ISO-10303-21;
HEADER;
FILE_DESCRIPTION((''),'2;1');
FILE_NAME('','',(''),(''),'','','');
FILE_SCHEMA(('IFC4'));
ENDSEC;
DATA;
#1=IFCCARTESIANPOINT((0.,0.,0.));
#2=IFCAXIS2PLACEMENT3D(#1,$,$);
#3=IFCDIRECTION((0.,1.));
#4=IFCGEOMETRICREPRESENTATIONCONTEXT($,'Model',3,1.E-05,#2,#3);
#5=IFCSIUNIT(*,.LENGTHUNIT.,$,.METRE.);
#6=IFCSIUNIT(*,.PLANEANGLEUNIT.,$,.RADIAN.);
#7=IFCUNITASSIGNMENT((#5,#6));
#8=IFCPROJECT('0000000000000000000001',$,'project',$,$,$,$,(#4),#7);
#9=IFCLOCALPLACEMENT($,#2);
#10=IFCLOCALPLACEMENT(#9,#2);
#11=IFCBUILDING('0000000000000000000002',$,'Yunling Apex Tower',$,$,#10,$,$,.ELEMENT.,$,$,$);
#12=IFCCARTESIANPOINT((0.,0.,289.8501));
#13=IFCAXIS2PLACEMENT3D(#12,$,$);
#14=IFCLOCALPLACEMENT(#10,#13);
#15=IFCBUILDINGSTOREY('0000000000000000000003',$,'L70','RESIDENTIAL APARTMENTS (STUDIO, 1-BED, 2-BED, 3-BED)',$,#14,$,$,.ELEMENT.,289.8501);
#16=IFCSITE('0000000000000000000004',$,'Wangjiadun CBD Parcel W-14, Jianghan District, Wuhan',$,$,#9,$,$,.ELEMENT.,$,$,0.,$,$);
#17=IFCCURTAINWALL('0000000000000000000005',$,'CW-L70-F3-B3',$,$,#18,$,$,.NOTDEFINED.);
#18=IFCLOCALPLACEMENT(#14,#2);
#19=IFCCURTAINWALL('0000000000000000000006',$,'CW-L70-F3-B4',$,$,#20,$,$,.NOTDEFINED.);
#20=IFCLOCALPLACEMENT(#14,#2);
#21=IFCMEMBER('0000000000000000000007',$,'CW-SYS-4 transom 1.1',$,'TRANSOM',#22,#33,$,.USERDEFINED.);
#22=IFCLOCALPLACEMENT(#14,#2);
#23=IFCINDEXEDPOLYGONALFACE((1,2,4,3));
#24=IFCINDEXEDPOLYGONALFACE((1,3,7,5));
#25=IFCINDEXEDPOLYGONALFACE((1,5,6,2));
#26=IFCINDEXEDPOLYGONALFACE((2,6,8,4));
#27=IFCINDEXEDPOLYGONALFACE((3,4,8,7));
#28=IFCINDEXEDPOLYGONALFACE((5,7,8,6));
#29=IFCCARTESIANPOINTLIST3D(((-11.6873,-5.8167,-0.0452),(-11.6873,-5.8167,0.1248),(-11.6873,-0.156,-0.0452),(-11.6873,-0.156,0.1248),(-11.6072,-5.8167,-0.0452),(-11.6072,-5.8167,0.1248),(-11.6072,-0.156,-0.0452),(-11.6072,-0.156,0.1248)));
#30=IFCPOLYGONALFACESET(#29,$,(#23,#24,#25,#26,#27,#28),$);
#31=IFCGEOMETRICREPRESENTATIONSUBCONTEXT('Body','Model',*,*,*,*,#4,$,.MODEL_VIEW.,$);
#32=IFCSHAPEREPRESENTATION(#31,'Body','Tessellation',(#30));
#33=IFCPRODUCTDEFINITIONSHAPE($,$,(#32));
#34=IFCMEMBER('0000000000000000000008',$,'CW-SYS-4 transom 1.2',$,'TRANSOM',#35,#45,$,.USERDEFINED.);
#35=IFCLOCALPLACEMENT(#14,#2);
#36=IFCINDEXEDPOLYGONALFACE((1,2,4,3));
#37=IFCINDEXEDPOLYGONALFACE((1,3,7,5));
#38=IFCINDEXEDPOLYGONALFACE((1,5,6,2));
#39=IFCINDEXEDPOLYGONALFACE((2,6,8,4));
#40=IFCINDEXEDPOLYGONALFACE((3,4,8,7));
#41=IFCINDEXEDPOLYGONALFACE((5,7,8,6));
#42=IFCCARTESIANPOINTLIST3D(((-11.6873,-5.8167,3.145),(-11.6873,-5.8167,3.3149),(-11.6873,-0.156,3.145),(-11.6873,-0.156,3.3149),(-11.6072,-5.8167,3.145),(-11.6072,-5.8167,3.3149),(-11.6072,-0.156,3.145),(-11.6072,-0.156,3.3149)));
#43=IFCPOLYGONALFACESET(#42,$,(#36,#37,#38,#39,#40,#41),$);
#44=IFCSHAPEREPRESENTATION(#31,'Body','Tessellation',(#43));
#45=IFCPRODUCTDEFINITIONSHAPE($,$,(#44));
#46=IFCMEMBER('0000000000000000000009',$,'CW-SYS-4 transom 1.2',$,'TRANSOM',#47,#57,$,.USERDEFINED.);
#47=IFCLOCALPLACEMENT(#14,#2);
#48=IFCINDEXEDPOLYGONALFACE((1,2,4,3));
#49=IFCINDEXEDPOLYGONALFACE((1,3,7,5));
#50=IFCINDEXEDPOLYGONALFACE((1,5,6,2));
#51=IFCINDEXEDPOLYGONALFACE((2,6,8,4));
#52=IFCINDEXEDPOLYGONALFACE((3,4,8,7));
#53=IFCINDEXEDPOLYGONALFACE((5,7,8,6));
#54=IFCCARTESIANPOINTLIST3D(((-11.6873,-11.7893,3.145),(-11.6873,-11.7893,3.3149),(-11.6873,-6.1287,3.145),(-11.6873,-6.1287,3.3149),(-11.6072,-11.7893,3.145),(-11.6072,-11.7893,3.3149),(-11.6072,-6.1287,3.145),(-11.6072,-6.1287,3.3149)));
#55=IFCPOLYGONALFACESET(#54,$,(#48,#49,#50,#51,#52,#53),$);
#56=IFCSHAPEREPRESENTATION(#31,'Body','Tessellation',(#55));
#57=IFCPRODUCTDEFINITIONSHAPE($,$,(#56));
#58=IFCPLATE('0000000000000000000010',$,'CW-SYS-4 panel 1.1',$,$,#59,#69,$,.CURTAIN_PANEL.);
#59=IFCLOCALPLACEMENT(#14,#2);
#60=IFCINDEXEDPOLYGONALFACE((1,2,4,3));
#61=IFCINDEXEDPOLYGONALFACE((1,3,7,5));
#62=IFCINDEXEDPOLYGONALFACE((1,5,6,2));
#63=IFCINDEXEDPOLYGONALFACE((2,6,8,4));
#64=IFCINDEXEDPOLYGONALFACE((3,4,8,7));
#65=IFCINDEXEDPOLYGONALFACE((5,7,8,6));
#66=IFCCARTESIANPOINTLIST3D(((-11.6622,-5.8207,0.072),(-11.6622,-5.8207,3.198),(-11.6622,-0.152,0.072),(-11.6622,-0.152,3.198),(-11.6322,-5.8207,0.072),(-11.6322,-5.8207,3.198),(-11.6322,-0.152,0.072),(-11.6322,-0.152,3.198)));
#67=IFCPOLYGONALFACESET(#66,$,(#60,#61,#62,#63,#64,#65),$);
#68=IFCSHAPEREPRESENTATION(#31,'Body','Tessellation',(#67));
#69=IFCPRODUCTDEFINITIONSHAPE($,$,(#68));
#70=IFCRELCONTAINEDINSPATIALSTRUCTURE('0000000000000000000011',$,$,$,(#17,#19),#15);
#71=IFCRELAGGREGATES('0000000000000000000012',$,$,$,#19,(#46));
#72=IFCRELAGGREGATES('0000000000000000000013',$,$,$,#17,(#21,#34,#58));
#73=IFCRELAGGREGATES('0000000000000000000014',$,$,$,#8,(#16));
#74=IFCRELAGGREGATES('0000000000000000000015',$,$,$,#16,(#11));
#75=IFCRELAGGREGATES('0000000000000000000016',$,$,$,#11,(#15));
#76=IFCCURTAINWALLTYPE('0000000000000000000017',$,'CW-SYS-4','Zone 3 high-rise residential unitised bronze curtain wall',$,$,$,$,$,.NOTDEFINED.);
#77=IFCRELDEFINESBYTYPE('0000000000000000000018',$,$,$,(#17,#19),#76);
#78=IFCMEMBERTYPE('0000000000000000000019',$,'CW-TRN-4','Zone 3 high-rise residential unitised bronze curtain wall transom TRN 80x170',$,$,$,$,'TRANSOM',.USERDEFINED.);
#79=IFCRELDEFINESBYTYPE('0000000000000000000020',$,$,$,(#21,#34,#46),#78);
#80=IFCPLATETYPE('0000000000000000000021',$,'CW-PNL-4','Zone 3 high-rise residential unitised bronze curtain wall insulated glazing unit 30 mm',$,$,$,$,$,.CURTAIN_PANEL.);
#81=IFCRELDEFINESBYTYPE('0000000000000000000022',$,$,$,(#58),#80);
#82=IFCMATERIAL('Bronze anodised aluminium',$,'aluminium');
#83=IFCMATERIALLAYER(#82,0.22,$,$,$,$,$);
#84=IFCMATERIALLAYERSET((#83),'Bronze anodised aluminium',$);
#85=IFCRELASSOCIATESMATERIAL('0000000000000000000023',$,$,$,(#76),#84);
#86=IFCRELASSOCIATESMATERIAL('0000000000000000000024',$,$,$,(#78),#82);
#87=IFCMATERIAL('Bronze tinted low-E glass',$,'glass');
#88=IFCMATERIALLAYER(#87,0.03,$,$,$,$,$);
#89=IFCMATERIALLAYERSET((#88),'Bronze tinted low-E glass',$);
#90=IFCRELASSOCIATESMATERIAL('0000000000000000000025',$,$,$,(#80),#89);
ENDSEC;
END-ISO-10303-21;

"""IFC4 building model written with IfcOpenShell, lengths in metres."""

from ifc_helpers import new_model, si_unit, direction, frame, origin, origin_2d, place, context, subcontext, project, spatial, rectangle, extrude, source, transform, mapped, material, layer, layer_set, material_profile, profile_set, type_object, element, aggregate, save


model = new_model("IFC4")

# Units and contexts
model_context = context("Model", 3, precision=1e-05, world=origin(), true_north=direction((0.0, 1.0)))
body_context = subcontext(model_context, "Body", "Model", "MODEL_VIEW")
ifc_project = project(units=[si_unit("LENGTHUNIT", "METRE"), si_unit("PLANEANGLEUNIT", "RADIAN")], contexts=[model_context])

# Site, building, storey
site_placement = place(None, origin())
site = spatial("IfcSite", under=ifc_project, at=site_placement, Name="Wangjiadun CBD Parcel W-14, Jianghan District, Wuhan", CompositionType="ELEMENT", RefElevation=0.0)
building_placement = place(site_placement, origin())
building = spatial("IfcBuilding", under=site, at=building_placement, Name="Yunling Apex Tower", CompositionType="ELEMENT")
storey_placement = place(building_placement, frame((0.0, 0.0, 289.8501)))
storey = spatial("IfcBuildingStorey", under=building, at=storey_placement, Name="L70", Description="RESIDENTIAL APARTMENTS (STUDIO, 1-BED, 2-BED, 3-BED)", CompositionType="ELEMENT", Elevation=289.8501)

# Curtain wall
ifc_material_1 = material(Name="Bronze anodised aluminium", Category="aluminium")
ifc_layer_1 = layer(ifc_material_1, 0.22)
ifc_layer_set_1 = layer_set([ifc_layer_1], Name="Bronze anodised aluminium")
curtain_wall_type = type_object("IfcCurtainWallType", Name="CW-SYS-4", Description="Zone 3 high-rise residential unitised bronze curtain wall", PredefinedType="NOTDEFINED", material=ifc_layer_set_1)
curtain_wall_1_placement = place(storey_placement, origin())
curtain_wall_1 = element("IfcCurtainWall", 1, at=curtain_wall_1_placement, inside=storey, type_object=curtain_wall_type, Name="CW-L70-F3-B3", PredefinedType="NOTDEFINED")

# Curtain wall
curtain_wall_2_placement = place(storey_placement, origin())
curtain_wall_2 = element("IfcCurtainWall", 2, at=curtain_wall_2_placement, inside=storey, type_object=curtain_wall_type, Name="CW-L70-F3-B4", PredefinedType="NOTDEFINED")

# Members
ifc_material_profile_1 = material_profile(ifc_material_1, rectangle(XDim=0.0801, YDim=0.1699, at=origin_2d()))
ifc_profile_set_1 = profile_set([ifc_material_profile_1], Name="Bronze anodised aluminium")
member_type_1 = type_object("IfcMemberType", Name="CW-TRN-4", Description="Zone 3 high-rise residential unitised bronze curtain wall transom TRN 80x170", ElementType="TRANSOM", PredefinedType="USERDEFINED", material=ifc_profile_set_1)
shared_shape_1 = source(origin(), body_context, "Body", "SweptSolid", [
    extrude(rectangle(XDim=0.0801, YDim=0.1699, at=origin_2d()), origin(), (0.0, 0.0, 1.0), 5.6606),
])
member_1_placement = place(storey_placement, frame((-11.6472, -0.156, 0.0398), z_axis=(0.0, -1.0, 0.0), x_axis=(1.0, 0.0, 0.0)))
member_1 = element("IfcMember", 3, at=member_1_placement, type_object=member_type_1, Name="CW-SYS-4 transom 1.1", ObjectType="TRANSOM", PredefinedType="USERDEFINED", context=body_context, shape_type="MappedRepresentation", body=[
    mapped(shared_shape_1, transform((0.0, 0.0, 0.0), scale=1.0)),
])
member_2_placement = place(storey_placement, frame((-11.6472, -0.156, 3.23), z_axis=(0.0, -1.0, 0.0), x_axis=(1.0, 0.0, 0.0)))
member_2 = element("IfcMember", 4, at=member_2_placement, type_object=member_type_1, Name="CW-SYS-4 transom 1.2", ObjectType="TRANSOM", PredefinedType="USERDEFINED", context=body_context, shape_type="MappedRepresentation", body=[
    mapped(shared_shape_1, transform((0.0, 0.0, 0.0), scale=1.0)),
])
member_3_placement = place(storey_placement, frame((-11.6472, -6.1287, 3.23), z_axis=(0.0, -1.0, 0.0), x_axis=(1.0, 0.0, 0.0)))
member_3 = element("IfcMember", 5, at=member_3_placement, type_object=member_type_1, Name="CW-SYS-4 transom 1.2", ObjectType="TRANSOM", PredefinedType="USERDEFINED", context=body_context, shape_type="MappedRepresentation", body=[
    mapped(shared_shape_1, transform((0.0, 0.0, 0.0), scale=1.0)),
])
aggregate(curtain_wall_2, [member_3])

# Plate
ifc_material_2 = material(Name="Bronze tinted low-E glass", Category="glass")
ifc_layer_2 = layer(ifc_material_2, 0.03)
ifc_layer_set_2 = layer_set([ifc_layer_2], Name="Bronze tinted low-E glass")
plate_type = type_object("IfcPlateType", Name="CW-PNL-4", Description="Zone 3 high-rise residential unitised bronze curtain wall insulated glazing unit 30 mm", PredefinedType="CURTAIN_PANEL", material=ifc_layer_set_2)
shared_shape_2 = source(origin(), body_context, "Body", "SweptSolid", [
    extrude(rectangle(XDim=5.6687, YDim=0.03, at=origin_2d()), origin(), (0.0, 0.0, 1.0), 3.126),
])
plate_placement = place(storey_placement, frame((-11.6472, -2.9863, 0.072), z_axis=(0.0, 0.0, 1.0), x_axis=(0.0, -1.0, 0.0)))
plate = element("IfcPlate", 6, at=plate_placement, type_object=plate_type, Name="CW-SYS-4 panel 1.1", PredefinedType="CURTAIN_PANEL", context=body_context, shape_type="MappedRepresentation", body=[
    mapped(shared_shape_2, transform((0.0, 0.0, 0.0), scale=1.0)),
])
aggregate(curtain_wall_1, [member_1, member_2, plate])

save(model, "model.ifc")
